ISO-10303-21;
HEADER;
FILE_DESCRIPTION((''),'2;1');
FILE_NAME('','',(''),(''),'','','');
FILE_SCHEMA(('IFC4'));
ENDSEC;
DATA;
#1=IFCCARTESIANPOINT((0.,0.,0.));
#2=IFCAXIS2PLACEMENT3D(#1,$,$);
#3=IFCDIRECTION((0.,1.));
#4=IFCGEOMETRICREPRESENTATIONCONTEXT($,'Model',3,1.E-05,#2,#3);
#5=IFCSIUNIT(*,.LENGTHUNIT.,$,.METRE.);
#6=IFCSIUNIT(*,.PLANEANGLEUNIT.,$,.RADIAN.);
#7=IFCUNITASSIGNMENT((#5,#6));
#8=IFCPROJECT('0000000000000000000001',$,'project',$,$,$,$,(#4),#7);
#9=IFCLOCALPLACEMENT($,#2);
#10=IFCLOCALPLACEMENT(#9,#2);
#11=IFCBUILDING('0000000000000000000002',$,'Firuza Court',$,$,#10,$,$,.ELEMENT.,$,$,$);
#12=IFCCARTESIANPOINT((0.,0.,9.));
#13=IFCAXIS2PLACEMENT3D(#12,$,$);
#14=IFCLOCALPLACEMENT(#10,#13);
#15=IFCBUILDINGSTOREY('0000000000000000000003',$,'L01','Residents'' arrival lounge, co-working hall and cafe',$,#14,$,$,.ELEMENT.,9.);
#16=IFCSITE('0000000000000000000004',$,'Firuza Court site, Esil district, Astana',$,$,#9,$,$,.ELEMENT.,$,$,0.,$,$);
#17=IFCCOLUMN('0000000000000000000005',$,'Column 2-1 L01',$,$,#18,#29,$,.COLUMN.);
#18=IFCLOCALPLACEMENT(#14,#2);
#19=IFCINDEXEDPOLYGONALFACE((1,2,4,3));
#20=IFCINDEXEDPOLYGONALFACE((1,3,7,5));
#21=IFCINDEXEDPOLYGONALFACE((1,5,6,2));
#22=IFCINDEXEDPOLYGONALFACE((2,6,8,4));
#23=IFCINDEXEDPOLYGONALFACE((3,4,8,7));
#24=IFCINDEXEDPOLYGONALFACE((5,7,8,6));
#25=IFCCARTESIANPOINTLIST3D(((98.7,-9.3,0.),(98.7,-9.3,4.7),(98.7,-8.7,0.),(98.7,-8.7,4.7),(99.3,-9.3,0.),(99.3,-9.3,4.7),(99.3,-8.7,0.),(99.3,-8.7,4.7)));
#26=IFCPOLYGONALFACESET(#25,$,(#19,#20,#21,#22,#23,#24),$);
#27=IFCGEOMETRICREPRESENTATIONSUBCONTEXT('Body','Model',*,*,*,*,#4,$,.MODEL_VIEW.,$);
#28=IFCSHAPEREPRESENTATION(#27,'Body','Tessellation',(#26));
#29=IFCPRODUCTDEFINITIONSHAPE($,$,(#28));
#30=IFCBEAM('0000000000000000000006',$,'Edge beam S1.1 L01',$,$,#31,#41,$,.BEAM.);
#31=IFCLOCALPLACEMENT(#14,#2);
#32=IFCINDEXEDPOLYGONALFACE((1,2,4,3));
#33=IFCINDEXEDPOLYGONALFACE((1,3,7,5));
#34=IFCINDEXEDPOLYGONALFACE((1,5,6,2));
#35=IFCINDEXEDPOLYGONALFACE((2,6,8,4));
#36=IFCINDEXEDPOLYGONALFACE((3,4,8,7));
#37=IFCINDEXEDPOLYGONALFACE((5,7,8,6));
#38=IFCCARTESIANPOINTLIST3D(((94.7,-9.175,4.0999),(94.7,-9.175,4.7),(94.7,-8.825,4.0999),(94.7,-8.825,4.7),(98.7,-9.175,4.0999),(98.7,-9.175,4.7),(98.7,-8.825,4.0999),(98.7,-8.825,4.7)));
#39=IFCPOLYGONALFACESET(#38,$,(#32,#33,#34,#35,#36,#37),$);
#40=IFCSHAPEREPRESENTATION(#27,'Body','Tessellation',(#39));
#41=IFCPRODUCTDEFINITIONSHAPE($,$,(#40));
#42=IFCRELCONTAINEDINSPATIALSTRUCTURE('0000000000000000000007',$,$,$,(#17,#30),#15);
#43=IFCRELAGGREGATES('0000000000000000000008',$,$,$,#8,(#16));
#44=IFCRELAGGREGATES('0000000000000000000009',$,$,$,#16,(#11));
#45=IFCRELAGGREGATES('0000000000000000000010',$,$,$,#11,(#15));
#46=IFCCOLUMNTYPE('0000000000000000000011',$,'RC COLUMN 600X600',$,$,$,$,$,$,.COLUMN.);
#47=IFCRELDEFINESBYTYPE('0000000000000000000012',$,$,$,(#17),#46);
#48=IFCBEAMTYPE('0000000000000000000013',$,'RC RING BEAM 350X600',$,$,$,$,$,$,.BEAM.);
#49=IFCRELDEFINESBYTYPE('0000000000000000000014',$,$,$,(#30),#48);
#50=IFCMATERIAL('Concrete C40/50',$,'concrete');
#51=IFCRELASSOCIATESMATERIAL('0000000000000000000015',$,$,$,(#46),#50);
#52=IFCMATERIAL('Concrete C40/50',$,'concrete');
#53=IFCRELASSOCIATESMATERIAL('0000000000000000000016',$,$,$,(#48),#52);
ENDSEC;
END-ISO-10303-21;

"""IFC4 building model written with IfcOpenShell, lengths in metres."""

from ifc_helpers import new_model, si_unit, direction, frame, origin, origin_2d, place, context, subcontext, project, spatial, rectangle, extrude, material, material_profile, profile_set, type_object, element, save


model = new_model("IFC4")

# Units and contexts
model_context = context("Model", 3, precision=1e-05, world=origin(), true_north=direction((0.0, 1.0)))
body_context = subcontext(model_context, "Body", "Model", "MODEL_VIEW")
ifc_project = project(units=[si_unit("LENGTHUNIT", "METRE"), si_unit("PLANEANGLEUNIT", "RADIAN")], contexts=[model_context])

# Site, building, storey
site_placement = place(None, origin())
site = spatial("IfcSite", under=ifc_project, at=site_placement, Name="Firuza Court site, Esil district, Astana", CompositionType="ELEMENT", RefElevation=0.0)
building_placement = place(site_placement, origin())
building = spatial("IfcBuilding", under=site, at=building_placement, Name="Firuza Court", CompositionType="ELEMENT")
storey_placement = place(building_placement, frame((0.0, 0.0, 9.0)))
storey = spatial("IfcBuildingStorey", under=building, at=storey_placement, Name="L01", Description="Residents' arrival lounge, co-working hall and cafe", CompositionType="ELEMENT", Elevation=9.0)

# Column
ifc_material_1 = material(Name="Concrete C40/50", Category="concrete")
ifc_material_profile_1 = material_profile(ifc_material_1, rectangle(XDim=0.6001, YDim=0.6001, at=origin_2d()), Name="RC 600X600")
ifc_profile_set_1 = profile_set([ifc_material_profile_1], Name="Concrete C40/50")
column_type = type_object("IfcColumnType", Name="RC COLUMN 600X600", PredefinedType="COLUMN", material=ifc_profile_set_1)
column_placement = place(storey_placement, frame((99.0, -9.0, 0.0), z_axis=(0.0, 0.0, 1.0), x_axis=(1.0, 0.0, 0.0)))
element("IfcColumn", 1, at=column_placement, inside=storey, type_object=column_type, Name="Column 2-1 L01", PredefinedType="COLUMN", context=body_context, shape_type="SweptSolid", body=[
    extrude(rectangle(XDim=0.6001, YDim=0.6001, at=origin_2d()), origin(), (0.0, 0.0, 1.0), 4.7),
])

# Beam
ifc_material_2 = material(Name="Concrete C40/50", Category="concrete")
ifc_material_profile_2 = material_profile(ifc_material_2, rectangle(XDim=0.3501, YDim=0.6001, at=origin_2d()), Name="RC 350X600")
ifc_profile_set_2 = profile_set([ifc_material_profile_2], Name="Concrete C40/50")
beam_type = type_object("IfcBeamType", Name="RC RING BEAM 350X600", PredefinedType="BEAM", material=ifc_profile_set_2)
beam_placement = place(storey_placement, frame((94.7, -9.0, 4.3999), z_axis=(1.0, 0.0, 0.0), x_axis=(0.0, 1.0, 0.0)))
element("IfcBeam", 2, at=beam_placement, inside=storey, type_object=beam_type, Name="Edge beam S1.1 L01", PredefinedType="BEAM", context=body_context, shape_type="SweptSolid", body=[
    extrude(rectangle(XDim=0.3501, YDim=0.6001, at=origin_2d()), origin(), (0.0, 0.0, 1.0), 4.0),
])

save(model, "model.ifc")
